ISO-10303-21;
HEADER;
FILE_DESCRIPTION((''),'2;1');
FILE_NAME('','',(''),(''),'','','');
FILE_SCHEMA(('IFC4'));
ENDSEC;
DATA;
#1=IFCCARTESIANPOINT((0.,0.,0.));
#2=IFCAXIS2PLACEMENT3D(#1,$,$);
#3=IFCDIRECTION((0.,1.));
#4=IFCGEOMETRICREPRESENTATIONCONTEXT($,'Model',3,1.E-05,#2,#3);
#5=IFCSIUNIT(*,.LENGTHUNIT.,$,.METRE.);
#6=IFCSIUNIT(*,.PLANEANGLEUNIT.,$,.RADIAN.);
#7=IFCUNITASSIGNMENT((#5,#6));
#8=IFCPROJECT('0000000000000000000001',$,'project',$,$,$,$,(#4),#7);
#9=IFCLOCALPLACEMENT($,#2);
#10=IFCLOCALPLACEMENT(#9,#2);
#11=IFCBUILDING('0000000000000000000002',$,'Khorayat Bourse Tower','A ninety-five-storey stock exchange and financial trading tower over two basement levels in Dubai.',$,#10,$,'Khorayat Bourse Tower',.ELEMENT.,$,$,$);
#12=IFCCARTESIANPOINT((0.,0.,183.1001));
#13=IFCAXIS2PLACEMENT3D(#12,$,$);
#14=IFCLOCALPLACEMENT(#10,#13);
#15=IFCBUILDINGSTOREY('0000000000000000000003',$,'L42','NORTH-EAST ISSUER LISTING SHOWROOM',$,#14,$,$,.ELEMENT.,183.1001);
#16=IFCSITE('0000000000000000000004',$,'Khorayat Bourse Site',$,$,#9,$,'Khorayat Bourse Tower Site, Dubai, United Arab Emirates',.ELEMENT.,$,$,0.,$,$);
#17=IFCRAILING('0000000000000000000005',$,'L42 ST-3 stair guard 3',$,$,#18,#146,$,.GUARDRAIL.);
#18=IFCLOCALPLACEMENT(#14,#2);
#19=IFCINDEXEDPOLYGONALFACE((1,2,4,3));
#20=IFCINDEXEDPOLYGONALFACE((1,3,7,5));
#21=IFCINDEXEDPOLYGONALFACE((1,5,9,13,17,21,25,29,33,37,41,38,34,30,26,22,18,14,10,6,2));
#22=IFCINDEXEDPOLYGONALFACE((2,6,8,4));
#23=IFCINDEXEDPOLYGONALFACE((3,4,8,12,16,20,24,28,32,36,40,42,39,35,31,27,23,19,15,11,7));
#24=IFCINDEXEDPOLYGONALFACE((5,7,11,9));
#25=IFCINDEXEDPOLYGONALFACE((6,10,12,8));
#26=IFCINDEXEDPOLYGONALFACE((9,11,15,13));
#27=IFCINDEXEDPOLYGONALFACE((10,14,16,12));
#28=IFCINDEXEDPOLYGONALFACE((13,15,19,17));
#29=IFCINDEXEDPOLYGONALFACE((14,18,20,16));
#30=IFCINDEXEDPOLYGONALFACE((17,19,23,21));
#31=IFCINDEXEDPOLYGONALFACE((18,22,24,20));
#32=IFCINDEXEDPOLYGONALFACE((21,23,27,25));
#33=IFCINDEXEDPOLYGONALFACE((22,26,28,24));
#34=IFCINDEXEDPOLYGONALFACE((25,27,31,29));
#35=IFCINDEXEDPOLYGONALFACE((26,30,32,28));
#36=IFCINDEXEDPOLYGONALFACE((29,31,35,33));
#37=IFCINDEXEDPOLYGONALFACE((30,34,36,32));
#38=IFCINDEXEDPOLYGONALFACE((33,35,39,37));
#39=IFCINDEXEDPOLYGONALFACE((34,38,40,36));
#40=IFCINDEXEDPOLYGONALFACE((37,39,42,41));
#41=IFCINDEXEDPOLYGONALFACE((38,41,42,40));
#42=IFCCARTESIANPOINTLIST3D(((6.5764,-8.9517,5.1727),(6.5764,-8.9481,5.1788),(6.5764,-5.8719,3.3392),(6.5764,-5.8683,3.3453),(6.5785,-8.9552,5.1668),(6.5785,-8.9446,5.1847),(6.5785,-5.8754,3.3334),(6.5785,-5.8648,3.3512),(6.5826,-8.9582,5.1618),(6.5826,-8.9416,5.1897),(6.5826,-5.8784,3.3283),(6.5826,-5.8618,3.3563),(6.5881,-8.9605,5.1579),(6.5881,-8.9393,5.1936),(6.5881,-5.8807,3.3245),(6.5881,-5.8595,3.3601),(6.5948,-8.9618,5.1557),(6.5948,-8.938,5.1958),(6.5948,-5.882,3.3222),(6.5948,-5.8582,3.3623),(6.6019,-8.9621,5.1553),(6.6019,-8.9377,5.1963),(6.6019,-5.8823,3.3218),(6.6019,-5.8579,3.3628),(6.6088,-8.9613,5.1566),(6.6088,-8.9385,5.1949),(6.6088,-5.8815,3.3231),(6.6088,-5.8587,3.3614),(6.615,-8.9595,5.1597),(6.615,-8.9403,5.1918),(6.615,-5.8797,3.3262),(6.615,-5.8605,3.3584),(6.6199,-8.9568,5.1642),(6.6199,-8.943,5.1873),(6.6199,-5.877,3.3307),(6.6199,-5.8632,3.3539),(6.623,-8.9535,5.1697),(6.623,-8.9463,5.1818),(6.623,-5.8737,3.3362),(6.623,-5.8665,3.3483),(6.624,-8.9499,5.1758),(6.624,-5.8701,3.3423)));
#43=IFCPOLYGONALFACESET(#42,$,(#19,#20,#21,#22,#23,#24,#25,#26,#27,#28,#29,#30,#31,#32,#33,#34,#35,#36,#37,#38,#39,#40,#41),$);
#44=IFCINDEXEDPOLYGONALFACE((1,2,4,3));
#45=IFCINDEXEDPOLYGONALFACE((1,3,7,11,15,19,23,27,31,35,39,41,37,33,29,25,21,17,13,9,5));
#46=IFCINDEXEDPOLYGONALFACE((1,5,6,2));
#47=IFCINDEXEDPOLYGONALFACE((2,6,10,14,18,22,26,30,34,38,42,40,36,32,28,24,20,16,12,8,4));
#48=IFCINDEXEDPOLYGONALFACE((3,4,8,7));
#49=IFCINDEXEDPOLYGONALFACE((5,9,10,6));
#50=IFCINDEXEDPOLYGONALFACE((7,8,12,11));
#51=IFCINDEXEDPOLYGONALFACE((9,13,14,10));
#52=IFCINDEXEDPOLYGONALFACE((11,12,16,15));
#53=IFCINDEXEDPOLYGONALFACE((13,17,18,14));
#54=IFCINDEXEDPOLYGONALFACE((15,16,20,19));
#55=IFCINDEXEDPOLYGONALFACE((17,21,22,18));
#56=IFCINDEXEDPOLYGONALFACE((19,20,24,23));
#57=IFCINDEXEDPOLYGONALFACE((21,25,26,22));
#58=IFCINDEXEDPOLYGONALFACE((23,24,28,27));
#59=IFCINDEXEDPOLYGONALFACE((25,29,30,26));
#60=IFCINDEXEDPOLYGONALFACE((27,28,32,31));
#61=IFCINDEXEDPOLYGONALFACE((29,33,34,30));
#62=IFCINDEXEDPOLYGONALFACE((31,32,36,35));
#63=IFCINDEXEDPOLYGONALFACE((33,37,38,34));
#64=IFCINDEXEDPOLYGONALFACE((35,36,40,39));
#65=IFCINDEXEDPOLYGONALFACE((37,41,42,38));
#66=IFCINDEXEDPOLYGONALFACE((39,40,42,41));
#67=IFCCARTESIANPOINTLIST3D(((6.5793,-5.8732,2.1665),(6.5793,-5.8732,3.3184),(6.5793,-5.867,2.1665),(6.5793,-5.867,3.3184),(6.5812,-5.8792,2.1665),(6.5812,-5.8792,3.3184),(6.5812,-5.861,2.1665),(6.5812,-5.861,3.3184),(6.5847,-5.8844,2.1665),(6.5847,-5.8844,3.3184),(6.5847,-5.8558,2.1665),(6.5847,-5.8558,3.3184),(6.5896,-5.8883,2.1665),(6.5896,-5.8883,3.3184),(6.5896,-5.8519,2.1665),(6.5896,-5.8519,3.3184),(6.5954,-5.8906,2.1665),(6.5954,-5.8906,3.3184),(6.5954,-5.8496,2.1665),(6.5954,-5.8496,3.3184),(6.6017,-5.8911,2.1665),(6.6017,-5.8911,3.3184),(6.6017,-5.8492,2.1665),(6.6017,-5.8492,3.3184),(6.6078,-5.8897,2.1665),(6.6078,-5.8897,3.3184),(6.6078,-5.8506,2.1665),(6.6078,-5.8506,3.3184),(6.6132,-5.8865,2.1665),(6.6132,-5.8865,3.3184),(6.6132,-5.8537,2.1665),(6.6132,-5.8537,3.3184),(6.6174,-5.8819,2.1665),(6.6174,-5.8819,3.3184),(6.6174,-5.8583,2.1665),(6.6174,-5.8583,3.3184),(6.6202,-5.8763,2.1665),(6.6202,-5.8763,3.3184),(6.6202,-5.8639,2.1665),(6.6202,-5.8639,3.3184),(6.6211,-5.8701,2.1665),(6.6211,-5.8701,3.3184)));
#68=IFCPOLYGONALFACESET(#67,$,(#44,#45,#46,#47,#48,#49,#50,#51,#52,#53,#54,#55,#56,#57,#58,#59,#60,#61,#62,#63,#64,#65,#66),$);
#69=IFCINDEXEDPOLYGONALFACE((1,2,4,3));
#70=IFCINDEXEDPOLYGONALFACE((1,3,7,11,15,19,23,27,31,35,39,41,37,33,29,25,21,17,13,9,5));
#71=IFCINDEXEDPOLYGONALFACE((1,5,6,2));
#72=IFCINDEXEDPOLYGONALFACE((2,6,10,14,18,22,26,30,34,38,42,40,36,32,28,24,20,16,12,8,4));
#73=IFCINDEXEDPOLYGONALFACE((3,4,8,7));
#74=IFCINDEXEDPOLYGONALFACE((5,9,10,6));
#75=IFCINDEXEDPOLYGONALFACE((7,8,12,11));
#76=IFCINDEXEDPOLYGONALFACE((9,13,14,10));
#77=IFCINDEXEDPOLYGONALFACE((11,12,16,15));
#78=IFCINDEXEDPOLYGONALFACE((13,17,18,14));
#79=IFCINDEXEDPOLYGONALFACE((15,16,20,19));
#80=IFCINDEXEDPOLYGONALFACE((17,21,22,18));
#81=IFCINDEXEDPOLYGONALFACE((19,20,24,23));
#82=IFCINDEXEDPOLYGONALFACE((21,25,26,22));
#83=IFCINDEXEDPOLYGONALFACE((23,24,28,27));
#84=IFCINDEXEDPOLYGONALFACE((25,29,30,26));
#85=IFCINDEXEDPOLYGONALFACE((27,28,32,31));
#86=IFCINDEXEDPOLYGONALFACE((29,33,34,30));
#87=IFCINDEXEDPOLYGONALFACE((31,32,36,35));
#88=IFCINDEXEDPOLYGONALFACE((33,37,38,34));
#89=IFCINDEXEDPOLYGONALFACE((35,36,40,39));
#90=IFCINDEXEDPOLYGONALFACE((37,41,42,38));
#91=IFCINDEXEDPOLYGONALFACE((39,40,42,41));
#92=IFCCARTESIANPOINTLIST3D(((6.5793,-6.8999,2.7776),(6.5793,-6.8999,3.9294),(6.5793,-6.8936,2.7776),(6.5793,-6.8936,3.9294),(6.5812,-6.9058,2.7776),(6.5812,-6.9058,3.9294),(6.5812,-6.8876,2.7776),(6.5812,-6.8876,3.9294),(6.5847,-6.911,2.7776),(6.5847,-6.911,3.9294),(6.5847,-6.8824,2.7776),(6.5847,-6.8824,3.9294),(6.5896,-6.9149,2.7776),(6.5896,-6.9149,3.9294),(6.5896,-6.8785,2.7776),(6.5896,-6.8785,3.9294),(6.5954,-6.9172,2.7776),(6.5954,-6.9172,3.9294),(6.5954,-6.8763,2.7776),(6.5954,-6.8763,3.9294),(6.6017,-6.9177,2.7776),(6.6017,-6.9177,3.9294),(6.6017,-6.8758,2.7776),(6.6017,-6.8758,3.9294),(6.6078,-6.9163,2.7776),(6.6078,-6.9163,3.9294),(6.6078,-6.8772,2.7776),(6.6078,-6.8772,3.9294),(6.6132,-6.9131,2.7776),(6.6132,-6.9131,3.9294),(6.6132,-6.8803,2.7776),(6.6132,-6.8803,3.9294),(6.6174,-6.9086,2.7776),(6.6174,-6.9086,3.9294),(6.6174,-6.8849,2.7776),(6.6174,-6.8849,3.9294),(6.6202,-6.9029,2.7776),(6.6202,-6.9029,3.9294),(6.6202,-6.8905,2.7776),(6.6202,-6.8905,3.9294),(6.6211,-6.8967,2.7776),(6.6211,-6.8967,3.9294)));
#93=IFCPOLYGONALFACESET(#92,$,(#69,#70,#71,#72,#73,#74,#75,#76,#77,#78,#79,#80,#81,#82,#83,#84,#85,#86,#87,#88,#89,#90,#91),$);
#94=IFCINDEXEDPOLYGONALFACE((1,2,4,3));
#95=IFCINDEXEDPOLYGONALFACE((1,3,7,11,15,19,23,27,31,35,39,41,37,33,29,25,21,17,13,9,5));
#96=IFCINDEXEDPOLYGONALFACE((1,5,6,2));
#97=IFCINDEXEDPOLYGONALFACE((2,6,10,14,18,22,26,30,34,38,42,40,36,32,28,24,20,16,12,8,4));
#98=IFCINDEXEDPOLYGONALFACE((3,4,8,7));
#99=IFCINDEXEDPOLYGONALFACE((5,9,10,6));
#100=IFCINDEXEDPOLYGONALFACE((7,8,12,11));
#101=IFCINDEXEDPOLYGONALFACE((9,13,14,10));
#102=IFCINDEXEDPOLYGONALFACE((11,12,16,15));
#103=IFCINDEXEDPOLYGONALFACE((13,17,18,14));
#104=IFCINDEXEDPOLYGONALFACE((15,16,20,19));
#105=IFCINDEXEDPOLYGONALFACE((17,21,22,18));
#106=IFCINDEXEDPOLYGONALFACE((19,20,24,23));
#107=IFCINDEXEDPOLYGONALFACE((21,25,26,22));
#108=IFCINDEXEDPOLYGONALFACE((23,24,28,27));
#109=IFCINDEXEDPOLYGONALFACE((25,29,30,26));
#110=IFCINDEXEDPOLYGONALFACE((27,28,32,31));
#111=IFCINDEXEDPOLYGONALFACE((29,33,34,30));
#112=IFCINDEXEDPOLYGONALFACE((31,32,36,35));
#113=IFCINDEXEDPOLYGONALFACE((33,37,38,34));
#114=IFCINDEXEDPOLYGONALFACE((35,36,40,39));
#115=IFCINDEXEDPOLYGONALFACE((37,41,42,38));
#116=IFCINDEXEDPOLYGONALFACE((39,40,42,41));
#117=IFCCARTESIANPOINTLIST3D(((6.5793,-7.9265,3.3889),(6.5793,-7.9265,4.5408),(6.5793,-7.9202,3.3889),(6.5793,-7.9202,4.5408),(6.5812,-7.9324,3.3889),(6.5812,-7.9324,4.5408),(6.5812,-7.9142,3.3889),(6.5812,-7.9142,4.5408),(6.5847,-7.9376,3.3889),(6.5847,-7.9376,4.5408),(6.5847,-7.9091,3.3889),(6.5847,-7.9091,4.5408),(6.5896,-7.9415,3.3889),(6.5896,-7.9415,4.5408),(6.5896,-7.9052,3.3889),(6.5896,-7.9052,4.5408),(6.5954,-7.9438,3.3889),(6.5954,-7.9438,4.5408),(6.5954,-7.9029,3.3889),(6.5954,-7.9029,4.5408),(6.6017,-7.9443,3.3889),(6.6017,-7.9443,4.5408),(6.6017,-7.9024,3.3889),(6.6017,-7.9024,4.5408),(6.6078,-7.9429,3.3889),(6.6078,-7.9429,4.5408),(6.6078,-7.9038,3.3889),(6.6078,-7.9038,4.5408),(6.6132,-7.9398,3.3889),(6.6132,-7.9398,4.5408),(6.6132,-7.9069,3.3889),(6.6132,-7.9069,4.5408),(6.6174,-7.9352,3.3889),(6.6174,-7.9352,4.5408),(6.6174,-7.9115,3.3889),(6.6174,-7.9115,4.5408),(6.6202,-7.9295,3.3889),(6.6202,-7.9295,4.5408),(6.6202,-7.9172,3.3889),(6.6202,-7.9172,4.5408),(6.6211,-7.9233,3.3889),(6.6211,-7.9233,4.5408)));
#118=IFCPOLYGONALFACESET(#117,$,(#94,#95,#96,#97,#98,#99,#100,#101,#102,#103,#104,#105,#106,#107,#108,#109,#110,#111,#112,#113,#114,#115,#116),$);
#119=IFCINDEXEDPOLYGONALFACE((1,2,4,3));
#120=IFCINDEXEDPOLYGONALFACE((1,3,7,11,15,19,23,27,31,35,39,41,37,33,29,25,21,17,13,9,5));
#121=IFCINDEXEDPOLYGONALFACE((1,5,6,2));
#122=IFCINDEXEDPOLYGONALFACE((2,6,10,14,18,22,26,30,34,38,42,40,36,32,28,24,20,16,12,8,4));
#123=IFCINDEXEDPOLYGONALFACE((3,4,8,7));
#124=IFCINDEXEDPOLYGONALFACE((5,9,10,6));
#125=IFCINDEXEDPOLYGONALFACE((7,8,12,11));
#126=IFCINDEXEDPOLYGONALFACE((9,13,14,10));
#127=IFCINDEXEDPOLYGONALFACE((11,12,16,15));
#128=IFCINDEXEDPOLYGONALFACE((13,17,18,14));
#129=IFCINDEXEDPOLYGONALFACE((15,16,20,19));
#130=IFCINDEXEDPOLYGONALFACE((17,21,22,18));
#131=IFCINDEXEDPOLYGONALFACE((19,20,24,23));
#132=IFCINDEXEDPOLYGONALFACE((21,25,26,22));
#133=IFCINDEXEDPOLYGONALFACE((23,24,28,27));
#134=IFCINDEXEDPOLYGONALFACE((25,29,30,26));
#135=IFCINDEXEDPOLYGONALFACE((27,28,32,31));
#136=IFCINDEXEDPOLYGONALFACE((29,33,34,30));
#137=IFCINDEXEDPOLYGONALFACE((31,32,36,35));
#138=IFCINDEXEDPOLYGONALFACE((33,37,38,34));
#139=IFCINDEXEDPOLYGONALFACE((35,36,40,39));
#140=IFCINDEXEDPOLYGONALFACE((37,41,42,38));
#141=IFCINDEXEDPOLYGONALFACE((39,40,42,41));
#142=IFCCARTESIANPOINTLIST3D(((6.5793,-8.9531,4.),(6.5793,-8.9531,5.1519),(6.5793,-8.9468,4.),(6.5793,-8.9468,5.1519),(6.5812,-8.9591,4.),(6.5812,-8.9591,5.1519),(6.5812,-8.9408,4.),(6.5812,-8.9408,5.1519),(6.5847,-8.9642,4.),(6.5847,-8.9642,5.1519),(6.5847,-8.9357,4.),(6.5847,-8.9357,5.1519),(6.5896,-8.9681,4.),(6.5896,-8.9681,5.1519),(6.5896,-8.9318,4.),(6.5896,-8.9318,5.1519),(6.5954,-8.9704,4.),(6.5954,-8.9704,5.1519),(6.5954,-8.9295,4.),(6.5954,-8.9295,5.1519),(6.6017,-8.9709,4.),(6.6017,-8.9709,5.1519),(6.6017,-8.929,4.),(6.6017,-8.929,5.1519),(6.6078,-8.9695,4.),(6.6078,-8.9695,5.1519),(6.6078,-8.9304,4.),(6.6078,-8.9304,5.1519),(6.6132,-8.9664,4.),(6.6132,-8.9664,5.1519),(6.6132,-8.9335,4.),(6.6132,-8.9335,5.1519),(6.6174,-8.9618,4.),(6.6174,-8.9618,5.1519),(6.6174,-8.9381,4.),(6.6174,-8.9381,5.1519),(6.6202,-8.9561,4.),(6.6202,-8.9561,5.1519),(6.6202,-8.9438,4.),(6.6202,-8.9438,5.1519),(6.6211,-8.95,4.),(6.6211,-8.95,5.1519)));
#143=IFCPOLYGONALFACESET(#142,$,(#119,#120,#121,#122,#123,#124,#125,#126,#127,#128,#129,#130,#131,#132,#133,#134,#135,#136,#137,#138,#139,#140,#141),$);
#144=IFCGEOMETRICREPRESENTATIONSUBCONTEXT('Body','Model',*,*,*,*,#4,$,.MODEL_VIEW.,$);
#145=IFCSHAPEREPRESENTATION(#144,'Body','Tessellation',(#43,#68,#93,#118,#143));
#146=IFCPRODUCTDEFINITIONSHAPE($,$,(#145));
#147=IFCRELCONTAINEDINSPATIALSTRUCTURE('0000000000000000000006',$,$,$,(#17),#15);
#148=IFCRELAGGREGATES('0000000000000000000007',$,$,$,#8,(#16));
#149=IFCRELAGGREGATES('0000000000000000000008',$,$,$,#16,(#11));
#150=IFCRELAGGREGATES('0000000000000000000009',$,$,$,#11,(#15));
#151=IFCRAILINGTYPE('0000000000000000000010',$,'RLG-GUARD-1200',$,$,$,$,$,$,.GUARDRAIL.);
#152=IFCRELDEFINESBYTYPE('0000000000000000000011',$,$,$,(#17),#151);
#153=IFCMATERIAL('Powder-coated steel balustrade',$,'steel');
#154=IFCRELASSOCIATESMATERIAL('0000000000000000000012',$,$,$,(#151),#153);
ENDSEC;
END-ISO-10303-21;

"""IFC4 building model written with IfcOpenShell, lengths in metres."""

from ifc_helpers import new_model, si_unit, direction, frame, origin, origin_2d, place, context, subcontext, project, spatial, circle, extrude, source, transform, mapped, material, type_object, element, save


model = new_model("IFC4")

# Units and contexts
model_context = context("Model", 3, precision=1e-05, world=origin(), true_north=direction((0.0, 1.0)))
body_context = subcontext(model_context, "Body", "Model", "MODEL_VIEW")
ifc_project = project(units=[si_unit("LENGTHUNIT", "METRE"), si_unit("PLANEANGLEUNIT", "RADIAN")], contexts=[model_context])

# Site, building, storey
site_placement = place(None, origin())
site = spatial("IfcSite", under=ifc_project, at=site_placement, Name="Khorayat Bourse Site", LongName="Khorayat Bourse Tower Site, Dubai, United Arab Emirates", CompositionType="ELEMENT", RefElevation=0.0)
building_placement = place(site_placement, origin())
building = spatial("IfcBuilding", under=site, at=building_placement, Name="Khorayat Bourse Tower", Description="A ninety-five-storey stock exchange and financial trading tower over two basement levels in Dubai.", LongName="Khorayat Bourse Tower", CompositionType="ELEMENT")
storey_placement = place(building_placement, frame((0.0, 0.0, 183.1001)))
storey = spatial("IfcBuildingStorey", under=building, at=storey_placement, Name="L42", Description="NORTH-EAST ISSUER LISTING SHOWROOM", CompositionType="ELEMENT", Elevation=183.1001)

# Railing
ifc_material_1 = material(Name="Powder-coated steel balustrade", Category="steel")
railing_type_1 = type_object("IfcRailingType", Name="RLG-GUARD-1200", PredefinedType="GUARDRAIL", material=ifc_material_1)
shared_shape_1 = source(origin(), body_context, "Body", "SweptSolid", [
    extrude(circle(Radius=0.0239, at=origin_2d()), frame((0.0, 0.0, 1.1758), z_axis=(0.0, -0.859261, 0.511538), x_axis=(1.0, 0.0, 0.0)), (0.0, 0.0, 1.0), 3.5842),
    extrude(circle(Radius=0.021, at=origin_2d()), origin(), (0.0, 0.0, 1.0), 1.1519),
    extrude(circle(Radius=0.021, at=origin_2d()), frame((0.0, -1.0266, 0.6111)), (0.0, 0.0, 1.0), 1.1519),
    extrude(circle(Radius=0.021, at=origin_2d()), frame((0.0, -2.0532, 1.2224)), (0.0, 0.0, 1.0), 1.1519),
    extrude(circle(Radius=0.021, at=origin_2d()), frame((0.0, -3.0798, 1.8335)), (0.0, 0.0, 1.0), 1.1519),
])
railing_1_placement = place(storey_placement, frame((6.6001, -5.8701, 2.1665)))
element("IfcRailing", 1, at=railing_1_placement, inside=storey, type_object=railing_type_1, Name="L42 ST-3 stair guard 3", PredefinedType="GUARDRAIL", context=body_context, shape_type="MappedRepresentation", body=[
    mapped(shared_shape_1, transform((0.0, 0.0, 0.0), scale=1.0)),
])

save(model, "model.ifc")
